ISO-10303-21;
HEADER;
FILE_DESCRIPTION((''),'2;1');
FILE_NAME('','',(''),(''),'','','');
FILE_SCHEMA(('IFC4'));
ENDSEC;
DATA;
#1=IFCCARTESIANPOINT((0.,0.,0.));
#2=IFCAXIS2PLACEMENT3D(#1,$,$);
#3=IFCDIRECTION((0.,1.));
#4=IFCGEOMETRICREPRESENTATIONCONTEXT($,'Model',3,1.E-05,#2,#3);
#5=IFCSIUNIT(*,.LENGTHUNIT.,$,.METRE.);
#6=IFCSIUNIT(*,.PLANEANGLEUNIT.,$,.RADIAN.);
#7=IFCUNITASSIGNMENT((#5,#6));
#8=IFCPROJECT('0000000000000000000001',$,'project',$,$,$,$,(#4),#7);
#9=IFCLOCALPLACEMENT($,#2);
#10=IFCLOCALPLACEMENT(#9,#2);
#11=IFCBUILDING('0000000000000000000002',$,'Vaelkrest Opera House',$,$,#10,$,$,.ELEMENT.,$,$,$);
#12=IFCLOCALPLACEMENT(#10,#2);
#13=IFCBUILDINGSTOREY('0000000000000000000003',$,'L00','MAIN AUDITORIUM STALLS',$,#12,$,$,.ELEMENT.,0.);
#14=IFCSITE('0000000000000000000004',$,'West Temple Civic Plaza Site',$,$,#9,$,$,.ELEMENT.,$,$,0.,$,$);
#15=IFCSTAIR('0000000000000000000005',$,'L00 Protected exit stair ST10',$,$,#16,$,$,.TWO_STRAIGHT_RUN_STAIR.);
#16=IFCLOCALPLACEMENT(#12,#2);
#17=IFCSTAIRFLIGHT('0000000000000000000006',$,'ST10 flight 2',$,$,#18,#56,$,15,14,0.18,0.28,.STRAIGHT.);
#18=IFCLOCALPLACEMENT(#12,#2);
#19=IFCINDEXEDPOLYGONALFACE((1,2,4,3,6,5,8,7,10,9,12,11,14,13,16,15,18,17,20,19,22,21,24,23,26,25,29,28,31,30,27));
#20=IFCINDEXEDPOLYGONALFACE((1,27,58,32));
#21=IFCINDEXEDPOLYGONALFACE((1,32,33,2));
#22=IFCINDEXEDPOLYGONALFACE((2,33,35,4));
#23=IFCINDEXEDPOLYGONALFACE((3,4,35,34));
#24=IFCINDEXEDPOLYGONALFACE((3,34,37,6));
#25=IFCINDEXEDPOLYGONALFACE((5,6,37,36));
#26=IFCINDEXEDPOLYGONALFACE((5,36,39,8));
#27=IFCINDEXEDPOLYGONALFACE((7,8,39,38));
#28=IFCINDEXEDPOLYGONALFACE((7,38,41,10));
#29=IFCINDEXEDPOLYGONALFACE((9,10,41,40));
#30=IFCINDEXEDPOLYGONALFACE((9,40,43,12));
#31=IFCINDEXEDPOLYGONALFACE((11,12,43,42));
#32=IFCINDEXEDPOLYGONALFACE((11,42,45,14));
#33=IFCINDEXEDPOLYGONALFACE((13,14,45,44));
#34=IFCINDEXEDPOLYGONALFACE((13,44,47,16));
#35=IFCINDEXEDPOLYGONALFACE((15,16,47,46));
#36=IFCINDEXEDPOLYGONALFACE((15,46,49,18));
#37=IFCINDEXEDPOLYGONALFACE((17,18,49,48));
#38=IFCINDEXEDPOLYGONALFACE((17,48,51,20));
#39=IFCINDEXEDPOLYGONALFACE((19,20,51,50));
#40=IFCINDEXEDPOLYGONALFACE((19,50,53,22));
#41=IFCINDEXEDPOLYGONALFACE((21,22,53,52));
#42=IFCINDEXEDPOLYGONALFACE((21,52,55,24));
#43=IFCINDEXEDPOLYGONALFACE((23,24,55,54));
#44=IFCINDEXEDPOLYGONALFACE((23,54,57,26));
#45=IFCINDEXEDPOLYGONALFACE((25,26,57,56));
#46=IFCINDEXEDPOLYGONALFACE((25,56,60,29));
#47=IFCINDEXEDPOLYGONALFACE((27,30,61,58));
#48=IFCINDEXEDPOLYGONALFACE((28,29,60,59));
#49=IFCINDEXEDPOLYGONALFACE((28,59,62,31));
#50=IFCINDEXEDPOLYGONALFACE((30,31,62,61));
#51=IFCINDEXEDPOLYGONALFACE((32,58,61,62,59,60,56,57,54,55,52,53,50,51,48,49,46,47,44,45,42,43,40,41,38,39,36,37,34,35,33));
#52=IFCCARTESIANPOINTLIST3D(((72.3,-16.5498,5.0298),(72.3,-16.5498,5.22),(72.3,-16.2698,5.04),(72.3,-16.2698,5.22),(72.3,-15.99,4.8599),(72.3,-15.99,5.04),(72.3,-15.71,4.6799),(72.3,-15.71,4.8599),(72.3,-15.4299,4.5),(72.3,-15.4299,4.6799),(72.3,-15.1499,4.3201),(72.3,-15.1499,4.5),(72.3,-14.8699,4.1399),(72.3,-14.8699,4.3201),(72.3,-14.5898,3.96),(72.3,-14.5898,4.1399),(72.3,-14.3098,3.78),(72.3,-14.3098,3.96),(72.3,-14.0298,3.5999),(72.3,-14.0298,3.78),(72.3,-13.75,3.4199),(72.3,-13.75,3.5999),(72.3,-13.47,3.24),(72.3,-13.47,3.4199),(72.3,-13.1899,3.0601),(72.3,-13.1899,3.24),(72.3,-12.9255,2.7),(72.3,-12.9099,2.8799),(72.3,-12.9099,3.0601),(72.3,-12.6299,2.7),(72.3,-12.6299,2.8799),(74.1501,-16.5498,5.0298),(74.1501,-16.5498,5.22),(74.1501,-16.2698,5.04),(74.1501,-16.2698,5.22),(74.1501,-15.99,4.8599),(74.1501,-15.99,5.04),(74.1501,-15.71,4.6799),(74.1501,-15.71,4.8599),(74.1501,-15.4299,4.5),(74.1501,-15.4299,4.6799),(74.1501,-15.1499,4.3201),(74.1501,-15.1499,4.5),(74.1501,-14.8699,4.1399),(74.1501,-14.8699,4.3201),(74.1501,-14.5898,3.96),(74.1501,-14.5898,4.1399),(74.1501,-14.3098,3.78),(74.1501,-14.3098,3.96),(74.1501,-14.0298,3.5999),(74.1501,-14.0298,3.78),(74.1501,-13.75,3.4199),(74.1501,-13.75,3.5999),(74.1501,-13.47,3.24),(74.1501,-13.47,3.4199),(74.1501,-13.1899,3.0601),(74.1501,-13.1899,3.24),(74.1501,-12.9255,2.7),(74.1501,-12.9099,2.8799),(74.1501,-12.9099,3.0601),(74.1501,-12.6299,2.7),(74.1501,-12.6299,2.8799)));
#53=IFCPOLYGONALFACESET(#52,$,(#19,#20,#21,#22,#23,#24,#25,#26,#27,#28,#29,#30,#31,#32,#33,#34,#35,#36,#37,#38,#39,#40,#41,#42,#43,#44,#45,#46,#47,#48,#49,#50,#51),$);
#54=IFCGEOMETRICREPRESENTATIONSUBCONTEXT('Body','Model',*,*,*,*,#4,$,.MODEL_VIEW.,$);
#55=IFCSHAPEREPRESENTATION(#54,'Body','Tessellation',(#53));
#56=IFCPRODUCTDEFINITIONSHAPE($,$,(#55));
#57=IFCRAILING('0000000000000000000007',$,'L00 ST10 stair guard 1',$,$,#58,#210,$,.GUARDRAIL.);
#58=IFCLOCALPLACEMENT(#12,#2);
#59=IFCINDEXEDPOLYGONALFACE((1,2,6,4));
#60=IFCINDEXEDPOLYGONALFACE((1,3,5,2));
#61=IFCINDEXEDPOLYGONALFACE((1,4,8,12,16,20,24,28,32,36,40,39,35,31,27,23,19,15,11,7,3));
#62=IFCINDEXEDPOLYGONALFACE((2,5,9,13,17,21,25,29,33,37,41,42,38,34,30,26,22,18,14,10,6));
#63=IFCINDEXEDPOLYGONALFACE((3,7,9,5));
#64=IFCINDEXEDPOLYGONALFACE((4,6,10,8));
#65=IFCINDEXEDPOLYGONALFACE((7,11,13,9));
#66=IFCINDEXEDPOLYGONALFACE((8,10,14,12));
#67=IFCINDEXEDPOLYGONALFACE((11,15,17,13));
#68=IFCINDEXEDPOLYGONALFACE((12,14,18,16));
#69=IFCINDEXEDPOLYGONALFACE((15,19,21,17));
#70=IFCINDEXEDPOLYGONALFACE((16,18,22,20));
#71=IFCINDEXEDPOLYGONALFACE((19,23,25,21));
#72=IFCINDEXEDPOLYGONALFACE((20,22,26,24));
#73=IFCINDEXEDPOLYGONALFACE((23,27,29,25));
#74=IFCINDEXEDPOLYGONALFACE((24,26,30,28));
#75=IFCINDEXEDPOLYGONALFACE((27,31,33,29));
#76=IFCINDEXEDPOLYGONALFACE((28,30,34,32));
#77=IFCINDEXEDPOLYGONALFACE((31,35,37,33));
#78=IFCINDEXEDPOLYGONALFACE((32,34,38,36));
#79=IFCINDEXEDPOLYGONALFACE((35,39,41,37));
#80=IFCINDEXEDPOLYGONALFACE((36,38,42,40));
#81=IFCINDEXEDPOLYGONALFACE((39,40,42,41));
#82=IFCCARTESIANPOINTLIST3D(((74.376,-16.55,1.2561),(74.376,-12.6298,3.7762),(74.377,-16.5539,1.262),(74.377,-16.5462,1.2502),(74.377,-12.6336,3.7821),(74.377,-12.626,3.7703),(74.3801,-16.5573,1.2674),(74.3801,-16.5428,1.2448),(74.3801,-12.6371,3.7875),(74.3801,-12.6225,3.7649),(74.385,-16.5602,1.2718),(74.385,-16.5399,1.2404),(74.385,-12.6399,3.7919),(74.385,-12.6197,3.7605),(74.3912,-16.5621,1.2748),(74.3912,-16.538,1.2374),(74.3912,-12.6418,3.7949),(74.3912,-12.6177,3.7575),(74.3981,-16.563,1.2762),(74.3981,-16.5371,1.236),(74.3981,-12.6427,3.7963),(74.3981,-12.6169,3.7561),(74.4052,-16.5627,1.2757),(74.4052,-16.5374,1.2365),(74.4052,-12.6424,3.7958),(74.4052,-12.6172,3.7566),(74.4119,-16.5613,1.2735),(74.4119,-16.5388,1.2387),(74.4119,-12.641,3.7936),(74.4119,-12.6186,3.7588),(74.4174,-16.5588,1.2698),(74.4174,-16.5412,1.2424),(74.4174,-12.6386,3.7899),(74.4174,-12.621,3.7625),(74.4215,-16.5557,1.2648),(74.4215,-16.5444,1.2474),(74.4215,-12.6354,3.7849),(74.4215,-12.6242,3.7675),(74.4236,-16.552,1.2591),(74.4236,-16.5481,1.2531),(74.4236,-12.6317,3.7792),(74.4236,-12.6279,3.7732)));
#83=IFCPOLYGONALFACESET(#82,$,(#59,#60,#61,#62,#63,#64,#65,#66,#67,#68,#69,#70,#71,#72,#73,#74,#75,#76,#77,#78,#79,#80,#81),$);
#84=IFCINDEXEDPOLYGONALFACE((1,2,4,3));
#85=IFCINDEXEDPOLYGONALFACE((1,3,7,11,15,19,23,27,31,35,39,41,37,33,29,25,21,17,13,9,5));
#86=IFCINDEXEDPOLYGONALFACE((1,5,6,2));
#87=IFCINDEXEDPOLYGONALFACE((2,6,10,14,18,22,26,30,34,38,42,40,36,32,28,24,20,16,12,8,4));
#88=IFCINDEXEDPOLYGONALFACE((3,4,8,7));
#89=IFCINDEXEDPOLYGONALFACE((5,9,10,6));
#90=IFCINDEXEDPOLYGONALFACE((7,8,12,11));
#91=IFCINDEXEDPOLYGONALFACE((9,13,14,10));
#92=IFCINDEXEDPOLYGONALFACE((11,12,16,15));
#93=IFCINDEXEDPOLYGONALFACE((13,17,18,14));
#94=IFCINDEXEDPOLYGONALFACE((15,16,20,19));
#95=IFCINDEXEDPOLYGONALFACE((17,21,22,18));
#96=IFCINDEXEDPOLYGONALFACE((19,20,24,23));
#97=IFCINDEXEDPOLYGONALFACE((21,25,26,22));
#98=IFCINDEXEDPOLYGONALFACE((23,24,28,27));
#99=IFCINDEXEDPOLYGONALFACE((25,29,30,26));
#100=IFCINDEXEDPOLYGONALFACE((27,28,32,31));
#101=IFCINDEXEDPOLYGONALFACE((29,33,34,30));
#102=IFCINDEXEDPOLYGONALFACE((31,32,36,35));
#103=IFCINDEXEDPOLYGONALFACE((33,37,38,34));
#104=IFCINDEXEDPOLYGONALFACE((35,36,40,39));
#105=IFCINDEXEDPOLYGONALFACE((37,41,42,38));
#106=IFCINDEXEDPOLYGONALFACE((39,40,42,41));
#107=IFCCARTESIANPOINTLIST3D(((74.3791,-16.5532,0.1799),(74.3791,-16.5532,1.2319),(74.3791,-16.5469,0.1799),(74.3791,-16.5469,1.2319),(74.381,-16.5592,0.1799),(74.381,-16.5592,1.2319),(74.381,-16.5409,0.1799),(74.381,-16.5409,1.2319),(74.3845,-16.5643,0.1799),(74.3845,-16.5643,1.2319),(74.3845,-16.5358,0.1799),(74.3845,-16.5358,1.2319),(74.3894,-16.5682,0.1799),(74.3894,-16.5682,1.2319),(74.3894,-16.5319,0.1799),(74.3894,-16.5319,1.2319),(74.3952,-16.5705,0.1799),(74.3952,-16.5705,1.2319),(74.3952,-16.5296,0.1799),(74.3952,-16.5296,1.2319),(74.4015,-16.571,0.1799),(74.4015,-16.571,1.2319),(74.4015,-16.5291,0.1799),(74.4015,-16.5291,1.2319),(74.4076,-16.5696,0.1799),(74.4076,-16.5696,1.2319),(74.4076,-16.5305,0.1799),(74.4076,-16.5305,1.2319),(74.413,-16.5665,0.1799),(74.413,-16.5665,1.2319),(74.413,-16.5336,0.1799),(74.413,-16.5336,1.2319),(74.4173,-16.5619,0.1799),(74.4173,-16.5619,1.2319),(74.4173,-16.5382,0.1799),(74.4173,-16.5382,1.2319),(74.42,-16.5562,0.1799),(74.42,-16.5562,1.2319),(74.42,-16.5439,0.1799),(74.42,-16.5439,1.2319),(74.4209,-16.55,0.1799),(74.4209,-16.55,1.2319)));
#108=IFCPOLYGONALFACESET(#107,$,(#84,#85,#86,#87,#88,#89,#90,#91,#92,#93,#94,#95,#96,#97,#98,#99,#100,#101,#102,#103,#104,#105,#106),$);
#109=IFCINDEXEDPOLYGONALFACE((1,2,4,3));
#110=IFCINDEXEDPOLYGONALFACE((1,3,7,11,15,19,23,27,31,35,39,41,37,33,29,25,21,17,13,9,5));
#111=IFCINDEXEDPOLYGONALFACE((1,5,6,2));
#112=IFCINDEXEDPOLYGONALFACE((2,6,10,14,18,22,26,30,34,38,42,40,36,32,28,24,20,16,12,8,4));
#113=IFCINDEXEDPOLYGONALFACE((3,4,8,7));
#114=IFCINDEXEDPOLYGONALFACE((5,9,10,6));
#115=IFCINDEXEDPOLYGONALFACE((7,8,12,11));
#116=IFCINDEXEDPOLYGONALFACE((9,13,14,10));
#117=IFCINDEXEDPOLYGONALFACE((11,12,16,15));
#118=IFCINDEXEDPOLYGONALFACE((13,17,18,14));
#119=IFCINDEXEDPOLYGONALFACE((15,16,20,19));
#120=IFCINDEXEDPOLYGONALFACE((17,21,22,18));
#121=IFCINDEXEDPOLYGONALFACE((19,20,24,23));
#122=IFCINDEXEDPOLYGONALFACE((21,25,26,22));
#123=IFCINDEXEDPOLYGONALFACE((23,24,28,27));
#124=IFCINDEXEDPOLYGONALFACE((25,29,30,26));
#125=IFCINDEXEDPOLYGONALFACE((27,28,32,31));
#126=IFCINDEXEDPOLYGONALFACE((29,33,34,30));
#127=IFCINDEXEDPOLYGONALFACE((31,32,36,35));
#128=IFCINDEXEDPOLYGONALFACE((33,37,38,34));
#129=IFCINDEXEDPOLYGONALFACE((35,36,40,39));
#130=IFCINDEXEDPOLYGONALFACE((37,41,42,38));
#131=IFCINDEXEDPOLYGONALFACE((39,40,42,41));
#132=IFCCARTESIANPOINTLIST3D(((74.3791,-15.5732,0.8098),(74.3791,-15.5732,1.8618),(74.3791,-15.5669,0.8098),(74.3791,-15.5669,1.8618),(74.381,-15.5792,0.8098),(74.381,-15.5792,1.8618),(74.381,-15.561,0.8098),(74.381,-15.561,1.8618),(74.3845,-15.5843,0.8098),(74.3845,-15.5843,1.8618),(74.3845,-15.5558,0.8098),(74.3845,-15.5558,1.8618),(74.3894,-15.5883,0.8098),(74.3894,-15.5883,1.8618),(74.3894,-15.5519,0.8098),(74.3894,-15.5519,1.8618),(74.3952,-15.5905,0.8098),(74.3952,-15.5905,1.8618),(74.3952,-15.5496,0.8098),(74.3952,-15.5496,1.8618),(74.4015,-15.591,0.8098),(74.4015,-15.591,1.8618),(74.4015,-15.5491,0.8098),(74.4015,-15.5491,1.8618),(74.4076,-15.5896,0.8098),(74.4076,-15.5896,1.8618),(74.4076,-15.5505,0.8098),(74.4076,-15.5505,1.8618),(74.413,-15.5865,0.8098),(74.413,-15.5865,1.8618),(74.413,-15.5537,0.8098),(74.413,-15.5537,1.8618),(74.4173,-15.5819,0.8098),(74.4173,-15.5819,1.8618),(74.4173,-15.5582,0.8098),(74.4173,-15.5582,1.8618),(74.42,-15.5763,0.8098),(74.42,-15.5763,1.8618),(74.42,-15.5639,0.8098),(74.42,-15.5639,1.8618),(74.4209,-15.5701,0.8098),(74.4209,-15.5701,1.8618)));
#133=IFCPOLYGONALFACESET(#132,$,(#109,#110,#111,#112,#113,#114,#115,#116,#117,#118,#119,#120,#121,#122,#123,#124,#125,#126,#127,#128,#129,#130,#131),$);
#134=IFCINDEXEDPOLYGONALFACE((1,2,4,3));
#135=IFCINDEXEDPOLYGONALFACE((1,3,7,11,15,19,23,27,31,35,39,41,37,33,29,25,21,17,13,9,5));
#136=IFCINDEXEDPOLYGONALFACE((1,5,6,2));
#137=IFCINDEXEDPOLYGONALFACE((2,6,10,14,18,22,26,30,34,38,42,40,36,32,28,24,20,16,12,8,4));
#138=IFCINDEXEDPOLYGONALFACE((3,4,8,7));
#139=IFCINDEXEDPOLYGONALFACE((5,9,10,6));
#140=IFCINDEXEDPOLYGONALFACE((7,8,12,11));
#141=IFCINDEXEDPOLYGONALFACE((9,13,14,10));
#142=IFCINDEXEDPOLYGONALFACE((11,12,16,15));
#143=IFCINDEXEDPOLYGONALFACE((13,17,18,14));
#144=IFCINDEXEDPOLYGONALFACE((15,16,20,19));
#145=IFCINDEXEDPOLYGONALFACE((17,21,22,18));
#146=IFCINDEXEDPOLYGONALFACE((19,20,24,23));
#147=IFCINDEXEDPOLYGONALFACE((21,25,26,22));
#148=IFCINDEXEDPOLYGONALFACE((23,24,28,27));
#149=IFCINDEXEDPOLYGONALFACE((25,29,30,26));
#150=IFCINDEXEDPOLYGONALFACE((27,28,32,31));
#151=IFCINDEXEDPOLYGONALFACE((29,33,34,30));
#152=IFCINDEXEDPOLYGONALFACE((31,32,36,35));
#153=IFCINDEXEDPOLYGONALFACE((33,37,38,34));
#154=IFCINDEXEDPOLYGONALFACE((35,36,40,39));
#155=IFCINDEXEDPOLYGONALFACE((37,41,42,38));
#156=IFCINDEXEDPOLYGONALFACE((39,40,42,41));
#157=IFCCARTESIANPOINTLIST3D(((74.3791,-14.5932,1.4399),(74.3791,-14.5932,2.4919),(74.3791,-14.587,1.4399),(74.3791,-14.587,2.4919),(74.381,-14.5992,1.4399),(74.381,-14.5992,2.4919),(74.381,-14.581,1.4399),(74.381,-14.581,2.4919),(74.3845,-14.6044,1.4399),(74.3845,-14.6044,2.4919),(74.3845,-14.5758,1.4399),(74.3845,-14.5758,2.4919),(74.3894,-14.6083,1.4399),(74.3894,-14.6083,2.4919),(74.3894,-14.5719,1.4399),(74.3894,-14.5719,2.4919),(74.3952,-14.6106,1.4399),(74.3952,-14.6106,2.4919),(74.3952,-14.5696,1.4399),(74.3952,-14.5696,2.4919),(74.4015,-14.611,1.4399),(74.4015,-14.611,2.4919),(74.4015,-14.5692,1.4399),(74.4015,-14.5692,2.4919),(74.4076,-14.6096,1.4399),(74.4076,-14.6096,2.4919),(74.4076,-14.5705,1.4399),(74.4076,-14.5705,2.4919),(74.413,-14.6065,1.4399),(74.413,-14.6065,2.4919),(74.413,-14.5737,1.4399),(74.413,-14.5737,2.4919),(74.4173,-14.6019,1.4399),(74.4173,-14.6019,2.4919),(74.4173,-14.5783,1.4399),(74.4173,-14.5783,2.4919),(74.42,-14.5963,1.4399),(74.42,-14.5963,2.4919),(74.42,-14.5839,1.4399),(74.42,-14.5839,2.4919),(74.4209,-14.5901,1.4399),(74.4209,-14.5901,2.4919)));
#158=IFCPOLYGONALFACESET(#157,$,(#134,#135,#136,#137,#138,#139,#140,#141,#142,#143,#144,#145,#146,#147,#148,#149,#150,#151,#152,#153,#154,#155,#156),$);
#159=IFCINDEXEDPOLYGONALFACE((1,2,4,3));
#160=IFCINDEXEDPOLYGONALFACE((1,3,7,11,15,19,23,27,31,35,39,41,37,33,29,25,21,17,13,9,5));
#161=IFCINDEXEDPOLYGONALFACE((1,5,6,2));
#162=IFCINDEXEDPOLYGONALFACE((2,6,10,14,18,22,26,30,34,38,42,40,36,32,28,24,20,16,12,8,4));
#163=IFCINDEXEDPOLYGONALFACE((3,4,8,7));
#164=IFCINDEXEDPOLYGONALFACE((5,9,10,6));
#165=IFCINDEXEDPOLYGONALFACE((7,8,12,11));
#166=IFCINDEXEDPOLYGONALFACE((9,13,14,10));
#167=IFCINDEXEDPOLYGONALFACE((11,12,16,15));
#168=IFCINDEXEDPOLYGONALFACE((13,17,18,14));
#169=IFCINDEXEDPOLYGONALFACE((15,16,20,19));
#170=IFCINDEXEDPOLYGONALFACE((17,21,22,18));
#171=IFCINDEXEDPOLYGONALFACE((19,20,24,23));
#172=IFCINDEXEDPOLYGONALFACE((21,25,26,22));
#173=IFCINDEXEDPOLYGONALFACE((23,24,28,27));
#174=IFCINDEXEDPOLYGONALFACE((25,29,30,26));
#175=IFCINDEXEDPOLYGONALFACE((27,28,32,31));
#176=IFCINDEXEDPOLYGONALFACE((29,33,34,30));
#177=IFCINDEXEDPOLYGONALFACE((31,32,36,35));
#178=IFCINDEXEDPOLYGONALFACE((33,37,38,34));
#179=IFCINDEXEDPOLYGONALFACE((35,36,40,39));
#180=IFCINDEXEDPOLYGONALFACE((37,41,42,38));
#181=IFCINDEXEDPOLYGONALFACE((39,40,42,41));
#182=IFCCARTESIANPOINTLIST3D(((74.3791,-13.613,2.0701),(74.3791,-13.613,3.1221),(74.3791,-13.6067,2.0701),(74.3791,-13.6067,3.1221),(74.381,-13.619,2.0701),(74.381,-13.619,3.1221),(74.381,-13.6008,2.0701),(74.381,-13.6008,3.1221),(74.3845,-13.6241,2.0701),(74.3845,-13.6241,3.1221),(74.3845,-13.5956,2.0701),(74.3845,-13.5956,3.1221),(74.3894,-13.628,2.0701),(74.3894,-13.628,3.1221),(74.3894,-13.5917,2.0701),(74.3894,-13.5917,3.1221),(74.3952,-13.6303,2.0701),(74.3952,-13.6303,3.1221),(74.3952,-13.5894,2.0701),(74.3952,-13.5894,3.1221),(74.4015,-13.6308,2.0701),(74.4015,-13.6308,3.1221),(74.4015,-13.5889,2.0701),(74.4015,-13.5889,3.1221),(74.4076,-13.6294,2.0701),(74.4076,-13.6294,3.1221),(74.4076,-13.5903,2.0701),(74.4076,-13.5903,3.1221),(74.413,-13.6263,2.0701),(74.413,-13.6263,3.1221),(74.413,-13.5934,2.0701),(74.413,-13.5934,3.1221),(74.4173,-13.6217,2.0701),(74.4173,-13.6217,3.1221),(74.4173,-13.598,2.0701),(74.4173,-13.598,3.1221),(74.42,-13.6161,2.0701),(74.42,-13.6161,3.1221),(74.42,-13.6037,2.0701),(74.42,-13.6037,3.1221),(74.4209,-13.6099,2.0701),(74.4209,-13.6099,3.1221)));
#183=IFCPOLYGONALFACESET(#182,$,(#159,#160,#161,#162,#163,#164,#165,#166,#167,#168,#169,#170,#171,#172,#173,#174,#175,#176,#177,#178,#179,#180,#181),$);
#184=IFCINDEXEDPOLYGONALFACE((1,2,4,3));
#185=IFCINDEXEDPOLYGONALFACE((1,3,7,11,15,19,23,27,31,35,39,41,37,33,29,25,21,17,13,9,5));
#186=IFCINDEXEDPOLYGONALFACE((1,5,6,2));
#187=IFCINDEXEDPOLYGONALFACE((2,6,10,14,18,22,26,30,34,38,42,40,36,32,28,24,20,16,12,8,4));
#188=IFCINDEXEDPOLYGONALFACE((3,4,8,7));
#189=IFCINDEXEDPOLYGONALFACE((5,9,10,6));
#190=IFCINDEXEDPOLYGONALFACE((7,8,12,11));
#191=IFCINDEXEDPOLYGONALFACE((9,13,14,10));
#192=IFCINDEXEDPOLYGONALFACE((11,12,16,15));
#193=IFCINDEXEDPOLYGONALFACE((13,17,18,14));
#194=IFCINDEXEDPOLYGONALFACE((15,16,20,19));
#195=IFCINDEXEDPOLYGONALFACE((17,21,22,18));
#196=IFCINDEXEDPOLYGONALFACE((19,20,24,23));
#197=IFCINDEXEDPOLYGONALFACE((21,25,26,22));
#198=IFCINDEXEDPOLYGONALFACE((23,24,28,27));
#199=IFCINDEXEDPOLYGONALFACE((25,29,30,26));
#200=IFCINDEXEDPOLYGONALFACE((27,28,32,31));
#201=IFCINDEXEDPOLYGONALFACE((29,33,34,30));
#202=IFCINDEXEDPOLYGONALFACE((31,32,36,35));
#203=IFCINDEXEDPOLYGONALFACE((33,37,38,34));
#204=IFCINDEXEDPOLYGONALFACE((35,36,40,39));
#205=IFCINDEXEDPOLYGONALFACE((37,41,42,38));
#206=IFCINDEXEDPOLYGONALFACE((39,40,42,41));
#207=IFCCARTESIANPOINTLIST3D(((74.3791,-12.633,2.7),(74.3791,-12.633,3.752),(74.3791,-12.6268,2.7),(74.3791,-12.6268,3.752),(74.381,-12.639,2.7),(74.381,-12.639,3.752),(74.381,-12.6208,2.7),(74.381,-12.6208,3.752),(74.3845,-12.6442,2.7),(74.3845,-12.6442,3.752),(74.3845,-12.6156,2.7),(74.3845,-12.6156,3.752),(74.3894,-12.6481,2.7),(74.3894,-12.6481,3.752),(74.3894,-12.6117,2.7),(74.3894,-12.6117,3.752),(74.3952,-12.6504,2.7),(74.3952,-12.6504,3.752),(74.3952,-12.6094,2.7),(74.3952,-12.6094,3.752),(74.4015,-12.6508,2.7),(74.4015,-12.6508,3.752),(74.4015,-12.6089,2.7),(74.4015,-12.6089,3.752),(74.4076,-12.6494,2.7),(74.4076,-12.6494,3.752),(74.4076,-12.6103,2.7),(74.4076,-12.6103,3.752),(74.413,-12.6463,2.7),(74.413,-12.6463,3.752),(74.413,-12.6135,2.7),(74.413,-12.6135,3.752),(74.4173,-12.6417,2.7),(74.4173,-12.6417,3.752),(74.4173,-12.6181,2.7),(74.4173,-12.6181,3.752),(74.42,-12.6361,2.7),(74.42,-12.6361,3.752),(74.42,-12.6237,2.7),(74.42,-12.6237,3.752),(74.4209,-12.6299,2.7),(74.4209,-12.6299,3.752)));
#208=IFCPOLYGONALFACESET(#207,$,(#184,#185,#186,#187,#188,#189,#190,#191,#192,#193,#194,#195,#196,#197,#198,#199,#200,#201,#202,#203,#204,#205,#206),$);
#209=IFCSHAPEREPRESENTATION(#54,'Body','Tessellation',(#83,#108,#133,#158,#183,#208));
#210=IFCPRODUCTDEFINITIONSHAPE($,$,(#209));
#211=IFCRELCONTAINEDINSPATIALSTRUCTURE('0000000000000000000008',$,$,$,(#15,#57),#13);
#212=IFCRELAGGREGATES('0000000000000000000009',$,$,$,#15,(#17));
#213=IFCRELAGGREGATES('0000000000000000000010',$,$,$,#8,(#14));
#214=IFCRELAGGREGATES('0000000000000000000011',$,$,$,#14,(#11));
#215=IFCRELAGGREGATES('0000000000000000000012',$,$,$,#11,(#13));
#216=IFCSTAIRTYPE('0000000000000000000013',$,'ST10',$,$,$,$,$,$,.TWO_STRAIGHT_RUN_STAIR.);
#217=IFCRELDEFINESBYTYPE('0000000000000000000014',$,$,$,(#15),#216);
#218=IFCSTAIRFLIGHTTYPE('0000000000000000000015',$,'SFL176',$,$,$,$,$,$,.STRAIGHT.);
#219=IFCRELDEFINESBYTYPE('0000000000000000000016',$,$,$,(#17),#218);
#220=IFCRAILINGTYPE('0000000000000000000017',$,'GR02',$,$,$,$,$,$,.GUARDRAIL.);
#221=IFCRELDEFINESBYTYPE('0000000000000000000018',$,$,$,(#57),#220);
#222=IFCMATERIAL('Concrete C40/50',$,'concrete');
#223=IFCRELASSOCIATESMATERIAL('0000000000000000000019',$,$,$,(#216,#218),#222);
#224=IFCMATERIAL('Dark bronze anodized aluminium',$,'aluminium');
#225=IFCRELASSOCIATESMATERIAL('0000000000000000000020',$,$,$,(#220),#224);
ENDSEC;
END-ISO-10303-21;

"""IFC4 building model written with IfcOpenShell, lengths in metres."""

from ifc_helpers import new_model, si_unit, direction, frame, origin, origin_2d, place, context, subcontext, project, spatial, polyline, circle, outline, extrude, material, type_object, element, aggregate, save


model = new_model("IFC4")

# Units and contexts
model_context = context("Model", 3, precision=1e-05, world=origin(), true_north=direction((0.0, 1.0)))
body_context = subcontext(model_context, "Body", "Model", "MODEL_VIEW")
ifc_project = project(units=[si_unit("LENGTHUNIT", "METRE"), si_unit("PLANEANGLEUNIT", "RADIAN")], contexts=[model_context])

# Site, building, storey
site_placement = place(None, origin())
site = spatial("IfcSite", under=ifc_project, at=site_placement, Name="West Temple Civic Plaza Site", CompositionType="ELEMENT", RefElevation=0.0)
building_placement = place(site_placement, origin())
building = spatial("IfcBuilding", under=site, at=building_placement, Name="Vaelkrest Opera House", CompositionType="ELEMENT")
storey_placement = place(building_placement, origin())
storey = spatial("IfcBuildingStorey", under=building, at=storey_placement, Name="L00", Description="MAIN AUDITORIUM STALLS", CompositionType="ELEMENT", Elevation=0.0)

# Shared definitions
ifc_material_1 = material(Name="Concrete C40/50", Category="concrete")

# Stair, stair flight
stair_type = type_object("IfcStairType", Name="ST10", PredefinedType="TWO_STRAIGHT_RUN_STAIR", material=ifc_material_1)
stair_placement = place(storey_placement, origin())
stair = element("IfcStair", 1, at=stair_placement, inside=storey, type_object=stair_type, Name="L00 Protected exit stair ST10", PredefinedType="TWO_STRAIGHT_RUN_STAIR")
stair_flight_type = type_object("IfcStairFlightType", Name="SFL176", PredefinedType="STRAIGHT", material=ifc_material_1)
stair_flight_1_placement = place(storey_placement, frame((73.2251, -12.6299, 2.7), z_axis=(0.0, 0.0, 1.0), x_axis=(0.0, -1.0, 0.0)))
stair_flight_1 = element("IfcStairFlight", 2, at=stair_flight_1_placement, type_object=stair_flight_type, Name="ST10 flight 2", NumberOfRisers=15, NumberOfTreads=14, PredefinedType="STRAIGHT", RiserHeight=0.18, TreadLength=0.28, context=body_context, shape_type="SweptSolid", body=[
    extrude(outline(polyline([(0.0, 0.0), (0.0, 0.1799), (0.28, 0.1799), (0.28, 0.3601), (0.5601, 0.3601), (0.5601, 0.54), (0.8401, 0.54), (0.8401, 0.72), (1.1201, 0.72), (1.1201, 0.8999), (1.3999, 0.8999), (1.3999, 1.0801), (1.6799, 1.0801), (1.6799, 1.26), (1.96, 1.26), (1.96, 1.4399), (2.24, 1.4399), (2.24, 1.6201), (2.52, 1.6201), (2.52, 1.8), (2.8, 1.8), (2.8, 1.98), (3.0801, 1.98), (3.0801, 2.1599), (3.3601, 2.1599), (3.3601, 2.3401), (3.6399, 2.3401), (3.6399, 2.52), (3.9199, 2.52), (3.9199, 2.7), (3.9199, 2.3298), (0.2957, 0.0), (0.0, 0.0)])), frame((0.0, 0.925, 0.0), z_axis=(0.0, -1.0, 0.0), x_axis=(1.0, 0.0, 0.0)), (0.0, 0.0, 1.0), 1.8501),
])
aggregate(stair, [stair_flight_1])

# Railing
ifc_material_2 = material(Name="Dark bronze anodized aluminium", Category="aluminium")
railing_type_1 = type_object("IfcRailingType", Name="GR02", PredefinedType="GUARDRAIL", material=ifc_material_2)
railing_1_placement = place(storey_placement, frame((74.3999, -16.55, 0.1799)))
element("IfcRailing", 3, at=railing_1_placement, inside=storey, type_object=railing_type_1, Name="L00 ST10 stair guard 1", PredefinedType="GUARDRAIL", context=body_context, shape_type="SweptSolid", body=[
    extrude(circle(Radius=0.0239, at=origin_2d()), frame((0.0, 0.0, 1.0762), z_axis=(0.0, 0.841187, 0.540744), x_axis=(-1.0, 0.0, 0.0)), (0.0, 0.0, 1.0), 4.6604),
    extrude(circle(Radius=0.021, at=origin_2d()), origin(), (0.0, 0.0, 1.0), 1.052),
    extrude(circle(Radius=0.021, at=origin_2d()), frame((0.0, 0.98, 0.6299)), (0.0, 0.0, 1.0), 1.052),
    extrude(circle(Radius=0.021, at=origin_2d()), frame((0.0, 1.96, 1.26)), (0.0, 0.0, 1.0), 1.052),
    extrude(circle(Radius=0.021, at=origin_2d()), frame((0.0, 2.9402, 1.8901)), (0.0, 0.0, 1.0), 1.052),
    extrude(circle(Radius=0.021, at=origin_2d()), frame((0.0, 3.9202, 2.52)), (0.0, 0.0, 1.0), 1.052),
])

save(model, "model.ifc")
